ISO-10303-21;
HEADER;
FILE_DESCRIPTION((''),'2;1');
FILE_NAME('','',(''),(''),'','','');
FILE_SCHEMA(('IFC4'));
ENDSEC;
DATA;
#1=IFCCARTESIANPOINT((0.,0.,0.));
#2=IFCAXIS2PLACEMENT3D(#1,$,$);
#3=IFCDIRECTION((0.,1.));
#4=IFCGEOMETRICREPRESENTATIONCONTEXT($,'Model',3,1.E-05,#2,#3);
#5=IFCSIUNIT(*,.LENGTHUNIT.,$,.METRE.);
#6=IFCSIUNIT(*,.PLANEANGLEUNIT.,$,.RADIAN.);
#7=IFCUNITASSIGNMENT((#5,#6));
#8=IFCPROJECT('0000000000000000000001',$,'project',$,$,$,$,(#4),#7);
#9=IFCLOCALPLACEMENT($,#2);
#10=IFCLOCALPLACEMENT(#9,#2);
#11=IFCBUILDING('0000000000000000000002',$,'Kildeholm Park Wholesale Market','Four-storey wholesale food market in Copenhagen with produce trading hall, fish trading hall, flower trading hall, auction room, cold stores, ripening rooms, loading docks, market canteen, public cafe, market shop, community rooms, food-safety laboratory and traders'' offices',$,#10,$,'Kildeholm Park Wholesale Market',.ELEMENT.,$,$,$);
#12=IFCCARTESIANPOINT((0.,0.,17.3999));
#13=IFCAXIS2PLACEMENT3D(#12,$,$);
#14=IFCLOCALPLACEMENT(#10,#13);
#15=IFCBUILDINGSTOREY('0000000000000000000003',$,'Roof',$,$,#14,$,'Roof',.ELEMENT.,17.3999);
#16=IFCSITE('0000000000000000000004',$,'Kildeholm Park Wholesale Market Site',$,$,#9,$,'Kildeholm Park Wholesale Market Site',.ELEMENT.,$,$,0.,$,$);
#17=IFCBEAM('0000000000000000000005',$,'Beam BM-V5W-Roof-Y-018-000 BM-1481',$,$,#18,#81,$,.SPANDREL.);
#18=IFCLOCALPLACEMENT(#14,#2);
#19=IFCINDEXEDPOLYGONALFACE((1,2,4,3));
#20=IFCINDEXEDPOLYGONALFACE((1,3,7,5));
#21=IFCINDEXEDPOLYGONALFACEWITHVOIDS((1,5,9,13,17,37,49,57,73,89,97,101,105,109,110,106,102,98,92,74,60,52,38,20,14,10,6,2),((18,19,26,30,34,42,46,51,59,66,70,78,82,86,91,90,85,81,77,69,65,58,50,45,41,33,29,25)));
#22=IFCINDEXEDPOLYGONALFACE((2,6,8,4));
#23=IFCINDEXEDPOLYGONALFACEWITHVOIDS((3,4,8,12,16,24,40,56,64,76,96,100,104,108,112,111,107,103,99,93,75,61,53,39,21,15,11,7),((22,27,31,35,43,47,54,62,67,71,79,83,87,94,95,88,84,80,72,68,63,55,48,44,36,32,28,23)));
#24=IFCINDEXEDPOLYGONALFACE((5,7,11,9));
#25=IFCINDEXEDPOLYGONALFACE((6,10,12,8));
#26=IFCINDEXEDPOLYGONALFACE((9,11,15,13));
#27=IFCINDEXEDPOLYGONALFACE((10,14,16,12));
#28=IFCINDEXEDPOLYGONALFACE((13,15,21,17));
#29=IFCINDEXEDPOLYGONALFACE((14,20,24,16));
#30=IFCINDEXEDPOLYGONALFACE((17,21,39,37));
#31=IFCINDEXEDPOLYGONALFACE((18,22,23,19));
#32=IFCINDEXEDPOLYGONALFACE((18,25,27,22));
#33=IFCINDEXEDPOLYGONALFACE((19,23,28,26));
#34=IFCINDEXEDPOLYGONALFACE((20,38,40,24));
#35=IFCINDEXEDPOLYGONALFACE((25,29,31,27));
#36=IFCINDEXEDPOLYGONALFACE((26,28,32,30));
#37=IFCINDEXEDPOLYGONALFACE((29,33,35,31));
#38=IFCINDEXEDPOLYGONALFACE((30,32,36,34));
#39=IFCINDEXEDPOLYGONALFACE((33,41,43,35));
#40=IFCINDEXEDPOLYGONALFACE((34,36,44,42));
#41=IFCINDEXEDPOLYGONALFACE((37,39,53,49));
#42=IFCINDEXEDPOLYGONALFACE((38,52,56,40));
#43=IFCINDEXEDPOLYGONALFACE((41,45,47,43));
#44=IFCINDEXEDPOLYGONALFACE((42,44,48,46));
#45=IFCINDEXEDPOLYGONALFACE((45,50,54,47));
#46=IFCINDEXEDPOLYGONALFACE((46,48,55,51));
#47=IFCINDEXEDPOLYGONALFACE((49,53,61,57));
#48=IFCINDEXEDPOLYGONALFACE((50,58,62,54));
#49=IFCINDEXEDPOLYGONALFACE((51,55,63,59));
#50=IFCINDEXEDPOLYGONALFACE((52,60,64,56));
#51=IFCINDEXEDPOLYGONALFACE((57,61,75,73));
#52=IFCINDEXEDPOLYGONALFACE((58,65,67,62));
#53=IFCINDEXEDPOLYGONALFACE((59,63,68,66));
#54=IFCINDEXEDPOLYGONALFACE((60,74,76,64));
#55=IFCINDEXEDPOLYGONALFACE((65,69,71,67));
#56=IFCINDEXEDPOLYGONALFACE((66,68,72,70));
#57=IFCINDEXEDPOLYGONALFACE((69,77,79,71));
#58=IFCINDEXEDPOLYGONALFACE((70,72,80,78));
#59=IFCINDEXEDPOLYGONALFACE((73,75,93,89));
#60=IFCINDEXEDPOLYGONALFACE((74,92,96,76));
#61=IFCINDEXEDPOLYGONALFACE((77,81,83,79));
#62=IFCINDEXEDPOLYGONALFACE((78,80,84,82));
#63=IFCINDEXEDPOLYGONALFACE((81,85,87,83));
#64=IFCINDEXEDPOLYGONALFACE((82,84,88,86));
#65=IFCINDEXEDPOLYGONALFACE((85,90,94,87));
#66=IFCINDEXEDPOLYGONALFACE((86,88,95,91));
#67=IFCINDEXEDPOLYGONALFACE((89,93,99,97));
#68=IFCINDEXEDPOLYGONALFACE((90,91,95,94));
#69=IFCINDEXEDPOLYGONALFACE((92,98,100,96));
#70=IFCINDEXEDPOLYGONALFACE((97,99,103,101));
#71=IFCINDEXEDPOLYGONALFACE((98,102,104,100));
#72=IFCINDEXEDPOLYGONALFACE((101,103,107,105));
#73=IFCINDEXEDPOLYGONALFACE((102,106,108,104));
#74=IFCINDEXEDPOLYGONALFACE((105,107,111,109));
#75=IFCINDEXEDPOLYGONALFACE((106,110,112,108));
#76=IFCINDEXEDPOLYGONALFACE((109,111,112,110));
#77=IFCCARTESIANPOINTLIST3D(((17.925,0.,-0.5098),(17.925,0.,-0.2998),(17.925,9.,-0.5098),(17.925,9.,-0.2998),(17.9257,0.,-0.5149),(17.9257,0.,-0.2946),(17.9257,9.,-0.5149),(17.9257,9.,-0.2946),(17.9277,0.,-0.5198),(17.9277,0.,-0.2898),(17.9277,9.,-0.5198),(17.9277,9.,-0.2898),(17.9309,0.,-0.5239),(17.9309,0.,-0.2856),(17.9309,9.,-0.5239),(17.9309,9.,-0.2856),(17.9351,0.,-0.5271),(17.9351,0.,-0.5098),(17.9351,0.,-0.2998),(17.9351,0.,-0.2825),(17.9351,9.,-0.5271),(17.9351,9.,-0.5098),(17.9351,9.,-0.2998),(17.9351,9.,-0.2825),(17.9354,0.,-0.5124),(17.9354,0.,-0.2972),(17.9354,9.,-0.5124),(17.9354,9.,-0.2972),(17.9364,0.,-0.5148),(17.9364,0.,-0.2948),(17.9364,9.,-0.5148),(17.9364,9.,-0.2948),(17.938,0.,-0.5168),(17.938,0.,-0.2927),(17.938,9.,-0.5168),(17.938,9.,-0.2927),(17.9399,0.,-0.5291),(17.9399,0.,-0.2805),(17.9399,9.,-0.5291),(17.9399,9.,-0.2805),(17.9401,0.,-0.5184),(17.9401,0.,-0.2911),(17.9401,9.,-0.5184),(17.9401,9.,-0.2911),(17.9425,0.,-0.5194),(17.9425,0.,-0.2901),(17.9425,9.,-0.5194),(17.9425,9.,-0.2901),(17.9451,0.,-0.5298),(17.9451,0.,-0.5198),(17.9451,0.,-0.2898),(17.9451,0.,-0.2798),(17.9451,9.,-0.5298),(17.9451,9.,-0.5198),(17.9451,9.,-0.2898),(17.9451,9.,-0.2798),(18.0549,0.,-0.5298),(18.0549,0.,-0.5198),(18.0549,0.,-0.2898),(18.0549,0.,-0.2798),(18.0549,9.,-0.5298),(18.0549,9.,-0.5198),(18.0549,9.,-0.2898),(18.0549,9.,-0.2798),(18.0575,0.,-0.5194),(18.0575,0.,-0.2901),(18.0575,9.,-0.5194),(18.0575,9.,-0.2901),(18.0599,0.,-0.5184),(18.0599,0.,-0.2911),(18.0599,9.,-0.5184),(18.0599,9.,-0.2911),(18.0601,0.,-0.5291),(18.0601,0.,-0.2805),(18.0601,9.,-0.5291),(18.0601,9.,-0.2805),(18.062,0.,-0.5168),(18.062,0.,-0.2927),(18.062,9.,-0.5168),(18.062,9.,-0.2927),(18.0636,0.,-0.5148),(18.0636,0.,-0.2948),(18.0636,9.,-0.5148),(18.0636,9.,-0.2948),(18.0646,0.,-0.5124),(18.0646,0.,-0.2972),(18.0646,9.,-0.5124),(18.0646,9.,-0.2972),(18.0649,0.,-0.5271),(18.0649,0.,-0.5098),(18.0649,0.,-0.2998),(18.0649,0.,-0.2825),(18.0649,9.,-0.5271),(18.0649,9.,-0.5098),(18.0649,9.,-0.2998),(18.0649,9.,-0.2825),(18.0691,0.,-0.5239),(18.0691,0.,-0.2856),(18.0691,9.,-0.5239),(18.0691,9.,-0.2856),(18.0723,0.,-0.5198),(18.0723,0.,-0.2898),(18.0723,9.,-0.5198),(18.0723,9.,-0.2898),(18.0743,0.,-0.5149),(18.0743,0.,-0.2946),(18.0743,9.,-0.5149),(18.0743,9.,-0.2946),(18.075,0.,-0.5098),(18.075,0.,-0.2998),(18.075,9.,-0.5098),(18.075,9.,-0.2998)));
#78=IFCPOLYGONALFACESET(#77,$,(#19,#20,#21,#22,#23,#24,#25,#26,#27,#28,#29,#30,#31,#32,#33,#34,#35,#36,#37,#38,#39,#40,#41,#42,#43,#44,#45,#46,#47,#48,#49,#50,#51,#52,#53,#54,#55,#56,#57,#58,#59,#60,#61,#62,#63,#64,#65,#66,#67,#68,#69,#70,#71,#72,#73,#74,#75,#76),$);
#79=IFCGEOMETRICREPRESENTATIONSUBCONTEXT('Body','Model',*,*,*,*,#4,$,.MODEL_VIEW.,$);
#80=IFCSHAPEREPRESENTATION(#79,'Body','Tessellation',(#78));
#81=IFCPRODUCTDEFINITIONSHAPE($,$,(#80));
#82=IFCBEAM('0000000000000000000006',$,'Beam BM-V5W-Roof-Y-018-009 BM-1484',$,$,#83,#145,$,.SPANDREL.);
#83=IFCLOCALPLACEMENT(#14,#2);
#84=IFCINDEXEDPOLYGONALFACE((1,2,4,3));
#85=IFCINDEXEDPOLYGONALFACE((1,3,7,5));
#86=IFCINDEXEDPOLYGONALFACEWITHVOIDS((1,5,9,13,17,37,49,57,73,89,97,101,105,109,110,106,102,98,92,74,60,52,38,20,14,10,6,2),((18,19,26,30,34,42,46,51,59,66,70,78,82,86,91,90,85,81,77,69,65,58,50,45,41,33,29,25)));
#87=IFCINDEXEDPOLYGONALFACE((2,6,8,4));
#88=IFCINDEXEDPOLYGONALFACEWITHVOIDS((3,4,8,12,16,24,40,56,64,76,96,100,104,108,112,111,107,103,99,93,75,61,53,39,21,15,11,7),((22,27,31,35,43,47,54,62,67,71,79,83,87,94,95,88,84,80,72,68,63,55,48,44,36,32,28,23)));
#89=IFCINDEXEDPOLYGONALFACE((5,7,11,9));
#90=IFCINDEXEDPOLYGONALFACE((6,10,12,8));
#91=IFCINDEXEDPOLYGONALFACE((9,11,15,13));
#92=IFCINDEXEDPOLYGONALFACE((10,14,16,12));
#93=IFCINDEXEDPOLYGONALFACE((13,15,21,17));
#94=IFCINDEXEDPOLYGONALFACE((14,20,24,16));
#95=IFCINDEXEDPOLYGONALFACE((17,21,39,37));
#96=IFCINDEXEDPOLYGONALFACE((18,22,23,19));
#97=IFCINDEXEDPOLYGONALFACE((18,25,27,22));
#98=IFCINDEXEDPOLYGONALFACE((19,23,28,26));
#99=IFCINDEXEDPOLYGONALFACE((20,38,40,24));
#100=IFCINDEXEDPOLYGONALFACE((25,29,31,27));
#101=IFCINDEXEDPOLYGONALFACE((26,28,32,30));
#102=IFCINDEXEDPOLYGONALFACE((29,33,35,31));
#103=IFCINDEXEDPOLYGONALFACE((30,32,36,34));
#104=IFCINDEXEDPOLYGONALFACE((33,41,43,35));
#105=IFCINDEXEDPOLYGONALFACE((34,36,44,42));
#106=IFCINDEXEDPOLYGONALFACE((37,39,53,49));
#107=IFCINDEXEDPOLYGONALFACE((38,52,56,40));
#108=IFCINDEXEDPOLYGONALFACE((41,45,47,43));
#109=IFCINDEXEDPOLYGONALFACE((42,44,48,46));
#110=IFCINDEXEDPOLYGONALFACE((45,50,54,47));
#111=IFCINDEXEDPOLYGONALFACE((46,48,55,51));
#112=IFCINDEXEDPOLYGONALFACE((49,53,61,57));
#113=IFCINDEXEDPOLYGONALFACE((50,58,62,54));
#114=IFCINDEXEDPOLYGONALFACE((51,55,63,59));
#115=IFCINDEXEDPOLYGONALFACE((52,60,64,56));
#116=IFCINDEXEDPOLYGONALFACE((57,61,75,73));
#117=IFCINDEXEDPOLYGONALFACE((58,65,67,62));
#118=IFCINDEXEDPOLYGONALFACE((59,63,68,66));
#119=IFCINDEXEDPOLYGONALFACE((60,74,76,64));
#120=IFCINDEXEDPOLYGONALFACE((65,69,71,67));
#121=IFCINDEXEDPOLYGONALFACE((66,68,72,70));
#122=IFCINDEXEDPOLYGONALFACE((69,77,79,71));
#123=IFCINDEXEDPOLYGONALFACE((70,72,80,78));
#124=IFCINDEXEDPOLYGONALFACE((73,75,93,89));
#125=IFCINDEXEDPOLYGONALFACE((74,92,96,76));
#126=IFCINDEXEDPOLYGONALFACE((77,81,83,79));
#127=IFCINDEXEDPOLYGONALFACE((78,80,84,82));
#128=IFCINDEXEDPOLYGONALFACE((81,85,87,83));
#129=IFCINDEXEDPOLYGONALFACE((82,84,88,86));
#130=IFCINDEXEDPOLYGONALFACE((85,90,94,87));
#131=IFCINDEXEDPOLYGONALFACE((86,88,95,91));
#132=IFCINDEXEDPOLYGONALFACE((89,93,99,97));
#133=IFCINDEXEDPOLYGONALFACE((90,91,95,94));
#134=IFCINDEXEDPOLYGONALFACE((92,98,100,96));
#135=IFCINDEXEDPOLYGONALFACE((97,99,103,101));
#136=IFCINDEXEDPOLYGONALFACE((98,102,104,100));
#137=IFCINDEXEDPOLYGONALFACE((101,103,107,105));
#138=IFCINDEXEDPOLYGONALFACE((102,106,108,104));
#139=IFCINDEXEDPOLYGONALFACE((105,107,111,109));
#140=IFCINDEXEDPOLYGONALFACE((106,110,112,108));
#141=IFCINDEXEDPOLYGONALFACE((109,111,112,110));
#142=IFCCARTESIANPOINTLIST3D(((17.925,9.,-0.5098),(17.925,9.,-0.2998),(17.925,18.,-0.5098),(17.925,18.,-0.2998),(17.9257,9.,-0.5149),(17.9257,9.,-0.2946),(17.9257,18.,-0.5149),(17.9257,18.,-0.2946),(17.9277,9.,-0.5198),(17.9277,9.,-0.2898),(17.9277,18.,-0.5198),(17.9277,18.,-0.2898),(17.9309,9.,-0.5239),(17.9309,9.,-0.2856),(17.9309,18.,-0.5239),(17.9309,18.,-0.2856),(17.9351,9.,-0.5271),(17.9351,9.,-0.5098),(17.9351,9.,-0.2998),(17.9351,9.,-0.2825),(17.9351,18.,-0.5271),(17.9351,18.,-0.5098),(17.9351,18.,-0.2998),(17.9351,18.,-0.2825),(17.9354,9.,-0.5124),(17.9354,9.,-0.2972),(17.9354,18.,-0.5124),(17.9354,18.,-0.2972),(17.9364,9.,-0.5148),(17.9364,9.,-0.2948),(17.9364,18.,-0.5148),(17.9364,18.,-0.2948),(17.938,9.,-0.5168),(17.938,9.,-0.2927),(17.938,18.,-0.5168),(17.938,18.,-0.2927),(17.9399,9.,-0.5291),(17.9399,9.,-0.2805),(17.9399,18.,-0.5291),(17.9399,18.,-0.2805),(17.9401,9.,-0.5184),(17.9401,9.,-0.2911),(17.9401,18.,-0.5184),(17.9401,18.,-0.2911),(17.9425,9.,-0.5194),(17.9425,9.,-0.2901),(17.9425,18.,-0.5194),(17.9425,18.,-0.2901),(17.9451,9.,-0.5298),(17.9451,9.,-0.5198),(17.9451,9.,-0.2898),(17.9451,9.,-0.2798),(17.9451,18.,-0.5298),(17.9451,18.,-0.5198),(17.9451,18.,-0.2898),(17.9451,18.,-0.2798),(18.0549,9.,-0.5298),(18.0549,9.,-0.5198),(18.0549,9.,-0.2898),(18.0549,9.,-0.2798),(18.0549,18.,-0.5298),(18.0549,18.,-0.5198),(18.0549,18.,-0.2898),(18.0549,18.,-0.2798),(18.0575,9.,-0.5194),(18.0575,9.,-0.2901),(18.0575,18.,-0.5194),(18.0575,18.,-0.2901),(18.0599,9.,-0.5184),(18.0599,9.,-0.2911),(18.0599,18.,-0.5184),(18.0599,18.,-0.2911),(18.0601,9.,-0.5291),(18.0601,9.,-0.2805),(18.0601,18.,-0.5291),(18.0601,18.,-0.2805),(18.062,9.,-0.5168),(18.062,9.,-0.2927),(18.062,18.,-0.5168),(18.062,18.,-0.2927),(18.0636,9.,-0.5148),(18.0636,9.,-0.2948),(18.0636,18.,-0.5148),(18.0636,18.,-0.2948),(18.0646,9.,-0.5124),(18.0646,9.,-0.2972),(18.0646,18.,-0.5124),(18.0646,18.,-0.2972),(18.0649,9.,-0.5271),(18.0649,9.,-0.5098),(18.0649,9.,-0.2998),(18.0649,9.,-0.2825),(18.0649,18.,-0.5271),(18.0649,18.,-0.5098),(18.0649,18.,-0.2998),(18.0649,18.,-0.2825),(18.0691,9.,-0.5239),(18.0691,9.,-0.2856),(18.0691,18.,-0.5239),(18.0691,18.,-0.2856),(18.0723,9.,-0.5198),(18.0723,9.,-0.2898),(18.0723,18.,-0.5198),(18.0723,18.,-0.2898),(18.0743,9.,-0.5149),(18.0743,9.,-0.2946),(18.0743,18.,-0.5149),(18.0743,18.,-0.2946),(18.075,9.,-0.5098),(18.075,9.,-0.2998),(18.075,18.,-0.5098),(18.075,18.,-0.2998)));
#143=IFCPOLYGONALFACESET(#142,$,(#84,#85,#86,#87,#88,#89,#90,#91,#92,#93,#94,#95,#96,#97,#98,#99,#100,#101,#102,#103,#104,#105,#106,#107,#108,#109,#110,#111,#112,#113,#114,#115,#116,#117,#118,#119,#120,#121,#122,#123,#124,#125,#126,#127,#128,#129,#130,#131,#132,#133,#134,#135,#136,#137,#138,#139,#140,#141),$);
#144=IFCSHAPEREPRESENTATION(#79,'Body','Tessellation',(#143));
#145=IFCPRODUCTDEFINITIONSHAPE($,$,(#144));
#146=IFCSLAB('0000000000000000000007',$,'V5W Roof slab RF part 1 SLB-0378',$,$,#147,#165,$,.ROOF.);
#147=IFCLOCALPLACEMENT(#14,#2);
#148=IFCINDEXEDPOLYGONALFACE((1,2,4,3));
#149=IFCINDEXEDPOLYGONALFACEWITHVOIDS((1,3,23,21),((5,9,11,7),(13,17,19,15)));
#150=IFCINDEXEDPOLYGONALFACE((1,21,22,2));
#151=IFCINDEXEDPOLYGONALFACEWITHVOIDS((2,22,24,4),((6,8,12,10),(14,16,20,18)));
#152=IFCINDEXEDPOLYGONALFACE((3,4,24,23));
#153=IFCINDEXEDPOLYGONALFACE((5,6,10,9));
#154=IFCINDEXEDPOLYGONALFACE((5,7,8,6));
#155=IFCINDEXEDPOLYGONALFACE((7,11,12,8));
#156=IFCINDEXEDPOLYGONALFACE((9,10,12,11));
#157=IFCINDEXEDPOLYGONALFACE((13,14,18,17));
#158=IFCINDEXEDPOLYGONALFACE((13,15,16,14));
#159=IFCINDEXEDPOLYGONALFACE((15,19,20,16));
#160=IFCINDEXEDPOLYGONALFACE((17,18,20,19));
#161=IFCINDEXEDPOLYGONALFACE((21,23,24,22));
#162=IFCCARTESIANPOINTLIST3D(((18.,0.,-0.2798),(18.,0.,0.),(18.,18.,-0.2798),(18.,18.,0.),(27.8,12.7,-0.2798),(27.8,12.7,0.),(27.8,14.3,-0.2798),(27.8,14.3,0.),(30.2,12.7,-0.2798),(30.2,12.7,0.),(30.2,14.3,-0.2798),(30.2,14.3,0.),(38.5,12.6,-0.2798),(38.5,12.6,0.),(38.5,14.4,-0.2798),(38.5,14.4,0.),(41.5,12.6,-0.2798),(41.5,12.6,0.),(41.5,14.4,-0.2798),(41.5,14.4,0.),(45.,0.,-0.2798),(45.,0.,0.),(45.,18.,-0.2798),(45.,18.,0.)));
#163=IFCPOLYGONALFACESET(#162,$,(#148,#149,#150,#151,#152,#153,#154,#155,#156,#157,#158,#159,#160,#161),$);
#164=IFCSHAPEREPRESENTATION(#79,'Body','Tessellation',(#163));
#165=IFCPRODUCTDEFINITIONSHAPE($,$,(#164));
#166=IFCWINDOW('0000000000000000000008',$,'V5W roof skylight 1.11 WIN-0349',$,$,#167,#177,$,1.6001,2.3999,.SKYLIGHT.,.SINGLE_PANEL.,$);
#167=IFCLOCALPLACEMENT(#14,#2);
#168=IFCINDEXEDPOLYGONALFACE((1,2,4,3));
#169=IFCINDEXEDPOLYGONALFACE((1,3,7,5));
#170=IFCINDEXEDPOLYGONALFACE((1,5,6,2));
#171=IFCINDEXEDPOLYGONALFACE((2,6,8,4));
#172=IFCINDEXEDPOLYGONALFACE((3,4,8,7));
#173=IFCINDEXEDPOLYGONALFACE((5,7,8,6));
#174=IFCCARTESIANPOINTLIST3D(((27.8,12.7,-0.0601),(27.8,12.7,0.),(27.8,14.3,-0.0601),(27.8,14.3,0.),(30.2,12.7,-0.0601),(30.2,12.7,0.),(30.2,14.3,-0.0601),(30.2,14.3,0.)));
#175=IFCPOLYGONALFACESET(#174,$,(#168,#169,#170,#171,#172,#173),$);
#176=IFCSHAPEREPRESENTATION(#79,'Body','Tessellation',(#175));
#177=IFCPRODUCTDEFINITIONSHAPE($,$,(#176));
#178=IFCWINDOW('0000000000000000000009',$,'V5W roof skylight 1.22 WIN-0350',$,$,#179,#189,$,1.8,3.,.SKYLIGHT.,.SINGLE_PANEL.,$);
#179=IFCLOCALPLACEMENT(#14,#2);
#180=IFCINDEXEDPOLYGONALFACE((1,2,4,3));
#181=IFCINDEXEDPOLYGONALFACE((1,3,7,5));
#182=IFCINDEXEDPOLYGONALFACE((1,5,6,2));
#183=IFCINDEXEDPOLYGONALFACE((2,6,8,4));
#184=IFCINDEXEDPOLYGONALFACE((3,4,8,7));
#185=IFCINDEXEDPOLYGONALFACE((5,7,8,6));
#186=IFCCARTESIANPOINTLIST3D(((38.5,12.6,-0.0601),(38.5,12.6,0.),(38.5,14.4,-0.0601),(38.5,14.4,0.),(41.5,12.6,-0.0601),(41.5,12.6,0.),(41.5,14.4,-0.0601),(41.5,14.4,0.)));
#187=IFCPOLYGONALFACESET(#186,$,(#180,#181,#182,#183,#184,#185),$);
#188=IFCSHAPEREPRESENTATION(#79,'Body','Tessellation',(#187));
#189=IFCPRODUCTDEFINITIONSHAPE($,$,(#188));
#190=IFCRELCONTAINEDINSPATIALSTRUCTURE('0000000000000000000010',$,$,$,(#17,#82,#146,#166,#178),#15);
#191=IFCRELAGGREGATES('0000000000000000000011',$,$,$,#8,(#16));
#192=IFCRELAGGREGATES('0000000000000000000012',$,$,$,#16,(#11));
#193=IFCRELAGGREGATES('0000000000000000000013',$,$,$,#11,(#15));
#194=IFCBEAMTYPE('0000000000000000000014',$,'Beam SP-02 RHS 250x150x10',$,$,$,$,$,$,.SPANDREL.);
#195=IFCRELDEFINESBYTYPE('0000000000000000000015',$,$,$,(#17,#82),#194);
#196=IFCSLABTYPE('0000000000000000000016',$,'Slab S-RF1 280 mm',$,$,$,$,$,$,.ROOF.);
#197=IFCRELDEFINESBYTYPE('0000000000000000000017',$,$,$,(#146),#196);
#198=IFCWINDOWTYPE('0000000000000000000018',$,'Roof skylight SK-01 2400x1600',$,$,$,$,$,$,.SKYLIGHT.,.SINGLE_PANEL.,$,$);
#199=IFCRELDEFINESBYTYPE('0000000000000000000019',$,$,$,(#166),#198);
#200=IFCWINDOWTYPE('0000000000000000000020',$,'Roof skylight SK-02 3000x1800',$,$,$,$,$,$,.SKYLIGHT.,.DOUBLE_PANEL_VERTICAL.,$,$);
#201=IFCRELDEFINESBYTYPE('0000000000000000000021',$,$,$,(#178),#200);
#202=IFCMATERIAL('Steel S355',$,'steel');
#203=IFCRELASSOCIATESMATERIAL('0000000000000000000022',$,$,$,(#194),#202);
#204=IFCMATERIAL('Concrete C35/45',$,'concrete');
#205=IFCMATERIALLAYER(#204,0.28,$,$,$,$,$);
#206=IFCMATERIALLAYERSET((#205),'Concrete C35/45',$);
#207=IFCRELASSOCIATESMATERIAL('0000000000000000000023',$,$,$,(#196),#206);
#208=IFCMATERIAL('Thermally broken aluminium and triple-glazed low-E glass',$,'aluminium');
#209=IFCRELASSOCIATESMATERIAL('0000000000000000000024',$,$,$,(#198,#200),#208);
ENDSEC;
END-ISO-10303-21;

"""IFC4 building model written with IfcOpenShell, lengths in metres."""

from ifc_helpers import new_model, si_unit, direction, frame, origin, origin_2d, place, context, subcontext, project, spatial, polyline, rectangle, hollow_rectangle, outline, extrude, material, layer, layer_set, material_profile, profile_set, type_object, element, fill, save


model = new_model("IFC4")

# Units and contexts
model_context = context("Model", 3, precision=1e-05, world=origin(), true_north=direction((0.0, 1.0)))
body_context = subcontext(model_context, "Body", "Model", "MODEL_VIEW")
ifc_project = project(units=[si_unit("LENGTHUNIT", "METRE"), si_unit("PLANEANGLEUNIT", "RADIAN")], contexts=[model_context])

# Site, building, storey
site_placement = place(None, origin())
site = spatial("IfcSite", under=ifc_project, at=site_placement, Name="Kildeholm Park Wholesale Market Site", LongName="Kildeholm Park Wholesale Market Site", CompositionType="ELEMENT", RefElevation=0.0)
building_placement = place(site_placement, origin())
building = spatial("IfcBuilding", under=site, at=building_placement, Name="Kildeholm Park Wholesale Market", Description="Four-storey wholesale food market in Copenhagen with produce trading hall, fish trading hall, flower trading hall, auction room, cold stores, ripening rooms, loading docks, market canteen, public cafe, market shop, community rooms, food-safety laboratory and traders' offices", LongName="Kildeholm Park Wholesale Market", CompositionType="ELEMENT")
storey_placement = place(building_placement, frame((0.0, 0.0, 17.3999)))
storey = spatial("IfcBuildingStorey", under=building, at=storey_placement, Name="Roof", LongName="Roof", CompositionType="ELEMENT", Elevation=17.3999)

# Beams
ifc_material_1 = material(Name="Steel S355", Category="steel")
ifc_material_profile_1 = material_profile(ifc_material_1, hollow_rectangle(XDim=0.1499, YDim=0.25, WallThickness=0.01, InnerFilletRadius=0.01, OuterFilletRadius=0.02, at=origin_2d()), Name="RHS 250x150x10")
ifc_profile_set_1 = profile_set([ifc_material_profile_1], Name="Steel S355")
beam_type_1 = type_object("IfcBeamType", Name="Beam SP-02 RHS 250x150x10", PredefinedType="SPANDREL", material=ifc_profile_set_1)
for number, where, z_axis, x_axis, name in (
    (1, (18.0, 0.0, -0.4048), (0.0, 1.0, 0.0), (-1.0, 0.0, 0.0), "Beam BM-V5W-Roof-Y-018-000 BM-1481"),
    (2, (18.0, 9.0, -0.4048), (0.0, 1.0, 0.0), (-1.0, 0.0, 0.0), "Beam BM-V5W-Roof-Y-018-009 BM-1484"),
):
    element("IfcBeam", number, at=place(storey_placement, frame(where, z_axis=z_axis, x_axis=x_axis)), inside=storey, type_object=beam_type_1, Name=name, PredefinedType="SPANDREL", context=body_context, shape_type="SweptSolid", body=[
        extrude(hollow_rectangle(XDim=0.1499, YDim=0.25, WallThickness=0.01, InnerFilletRadius=0.01, OuterFilletRadius=0.02, at=origin_2d()), origin(), (0.0, 0.0, 1.0), 9.0),
    ])

# Slab, openings, windows
ifc_material_2 = material(Name="Concrete C35/45", Category="concrete")
ifc_layer_1 = layer(ifc_material_2, 0.28)
ifc_layer_set_1 = layer_set([ifc_layer_1], Name="Concrete C35/45")
slab_type_1 = type_object("IfcSlabType", Name="Slab S-RF1 280 mm", PredefinedType="ROOF", material=ifc_layer_set_1)
slab_1_placement = place(storey_placement, frame((0.0, 0.0, -0.2798)))
slab_1 = element("IfcSlab", 3, at=slab_1_placement, inside=storey, type_object=slab_type_1, Name="V5W Roof slab RF part 1 SLB-0378", PredefinedType="ROOF", context=body_context, shape_type="SweptSolid", body=[
    extrude(outline(polyline([(18.0, 0.0), (45.0, 0.0), (45.0, 18.0), (18.0, 18.0), (18.0, 0.0)])), origin(), (0.0, 0.0, 1.0), 0.2798),
])
opening_1_placement = place(slab_1_placement, frame((29.0, 13.5, 0.0)))
opening_1 = element("IfcOpeningElement", 4, at=opening_1_placement, cuts=slab_1, PredefinedType="OPENING", context=body_context, shape_type="SweptSolid", body=[
    extrude(rectangle(XDim=2.3999, YDim=1.6001, at=origin_2d()), frame((0.0, 0.0, -0.01)), (0.0, 0.0, 1.0), 0.2998),
])
opening_2_placement = place(slab_1_placement, frame((40.0, 13.5, 0.0)))
opening_2 = element("IfcOpeningElement", 5, at=opening_2_placement, cuts=slab_1, PredefinedType="OPENING", context=body_context, shape_type="SweptSolid", body=[
    extrude(rectangle(XDim=3.0, YDim=1.8, at=origin_2d()), frame((0.0, 0.0, -0.01)), (0.0, 0.0, 1.0), 0.2998),
])
ifc_material_3 = material(Name="Thermally broken aluminium and triple-glazed low-E glass", Category="aluminium")
window_type_1 = type_object("IfcWindowType", Name="Roof skylight SK-01 2400x1600", PartitioningType="SINGLE_PANEL", PredefinedType="SKYLIGHT", material=ifc_material_3)
window_1_placement = place(opening_1_placement, frame((0.0, 0.0, 0.2197)))
window_1 = element("IfcWindow", 6, at=window_1_placement, inside=storey, type_object=window_type_1, Name="V5W roof skylight 1.11 WIN-0349", OverallHeight=1.6001, OverallWidth=2.3999, PartitioningType="SINGLE_PANEL", PredefinedType="SKYLIGHT", context=body_context, shape_type="SweptSolid", body=[
    extrude(rectangle(XDim=2.3999, YDim=1.6001, at=origin_2d()), origin(), (0.0, 0.0, 1.0), 0.0601),
])
fill(opening_1, window_1)
window_type_2 = type_object("IfcWindowType", Name="Roof skylight SK-02 3000x1800", PartitioningType="DOUBLE_PANEL_VERTICAL", PredefinedType="SKYLIGHT", material=ifc_material_3)
window_2_placement = place(opening_2_placement, frame((0.0, 0.0, 0.2197)))
window_2 = element("IfcWindow", 7, at=window_2_placement, inside=storey, type_object=window_type_2, Name="V5W roof skylight 1.22 WIN-0350", OverallHeight=1.8, OverallWidth=3.0, PartitioningType="SINGLE_PANEL", PredefinedType="SKYLIGHT", context=body_context, shape_type="SweptSolid", body=[
    extrude(rectangle(XDim=3.0, YDim=1.8, at=origin_2d()), origin(), (0.0, 0.0, 1.0), 0.0601),
])
fill(opening_2, window_2)

save(model, "model.ifc")
